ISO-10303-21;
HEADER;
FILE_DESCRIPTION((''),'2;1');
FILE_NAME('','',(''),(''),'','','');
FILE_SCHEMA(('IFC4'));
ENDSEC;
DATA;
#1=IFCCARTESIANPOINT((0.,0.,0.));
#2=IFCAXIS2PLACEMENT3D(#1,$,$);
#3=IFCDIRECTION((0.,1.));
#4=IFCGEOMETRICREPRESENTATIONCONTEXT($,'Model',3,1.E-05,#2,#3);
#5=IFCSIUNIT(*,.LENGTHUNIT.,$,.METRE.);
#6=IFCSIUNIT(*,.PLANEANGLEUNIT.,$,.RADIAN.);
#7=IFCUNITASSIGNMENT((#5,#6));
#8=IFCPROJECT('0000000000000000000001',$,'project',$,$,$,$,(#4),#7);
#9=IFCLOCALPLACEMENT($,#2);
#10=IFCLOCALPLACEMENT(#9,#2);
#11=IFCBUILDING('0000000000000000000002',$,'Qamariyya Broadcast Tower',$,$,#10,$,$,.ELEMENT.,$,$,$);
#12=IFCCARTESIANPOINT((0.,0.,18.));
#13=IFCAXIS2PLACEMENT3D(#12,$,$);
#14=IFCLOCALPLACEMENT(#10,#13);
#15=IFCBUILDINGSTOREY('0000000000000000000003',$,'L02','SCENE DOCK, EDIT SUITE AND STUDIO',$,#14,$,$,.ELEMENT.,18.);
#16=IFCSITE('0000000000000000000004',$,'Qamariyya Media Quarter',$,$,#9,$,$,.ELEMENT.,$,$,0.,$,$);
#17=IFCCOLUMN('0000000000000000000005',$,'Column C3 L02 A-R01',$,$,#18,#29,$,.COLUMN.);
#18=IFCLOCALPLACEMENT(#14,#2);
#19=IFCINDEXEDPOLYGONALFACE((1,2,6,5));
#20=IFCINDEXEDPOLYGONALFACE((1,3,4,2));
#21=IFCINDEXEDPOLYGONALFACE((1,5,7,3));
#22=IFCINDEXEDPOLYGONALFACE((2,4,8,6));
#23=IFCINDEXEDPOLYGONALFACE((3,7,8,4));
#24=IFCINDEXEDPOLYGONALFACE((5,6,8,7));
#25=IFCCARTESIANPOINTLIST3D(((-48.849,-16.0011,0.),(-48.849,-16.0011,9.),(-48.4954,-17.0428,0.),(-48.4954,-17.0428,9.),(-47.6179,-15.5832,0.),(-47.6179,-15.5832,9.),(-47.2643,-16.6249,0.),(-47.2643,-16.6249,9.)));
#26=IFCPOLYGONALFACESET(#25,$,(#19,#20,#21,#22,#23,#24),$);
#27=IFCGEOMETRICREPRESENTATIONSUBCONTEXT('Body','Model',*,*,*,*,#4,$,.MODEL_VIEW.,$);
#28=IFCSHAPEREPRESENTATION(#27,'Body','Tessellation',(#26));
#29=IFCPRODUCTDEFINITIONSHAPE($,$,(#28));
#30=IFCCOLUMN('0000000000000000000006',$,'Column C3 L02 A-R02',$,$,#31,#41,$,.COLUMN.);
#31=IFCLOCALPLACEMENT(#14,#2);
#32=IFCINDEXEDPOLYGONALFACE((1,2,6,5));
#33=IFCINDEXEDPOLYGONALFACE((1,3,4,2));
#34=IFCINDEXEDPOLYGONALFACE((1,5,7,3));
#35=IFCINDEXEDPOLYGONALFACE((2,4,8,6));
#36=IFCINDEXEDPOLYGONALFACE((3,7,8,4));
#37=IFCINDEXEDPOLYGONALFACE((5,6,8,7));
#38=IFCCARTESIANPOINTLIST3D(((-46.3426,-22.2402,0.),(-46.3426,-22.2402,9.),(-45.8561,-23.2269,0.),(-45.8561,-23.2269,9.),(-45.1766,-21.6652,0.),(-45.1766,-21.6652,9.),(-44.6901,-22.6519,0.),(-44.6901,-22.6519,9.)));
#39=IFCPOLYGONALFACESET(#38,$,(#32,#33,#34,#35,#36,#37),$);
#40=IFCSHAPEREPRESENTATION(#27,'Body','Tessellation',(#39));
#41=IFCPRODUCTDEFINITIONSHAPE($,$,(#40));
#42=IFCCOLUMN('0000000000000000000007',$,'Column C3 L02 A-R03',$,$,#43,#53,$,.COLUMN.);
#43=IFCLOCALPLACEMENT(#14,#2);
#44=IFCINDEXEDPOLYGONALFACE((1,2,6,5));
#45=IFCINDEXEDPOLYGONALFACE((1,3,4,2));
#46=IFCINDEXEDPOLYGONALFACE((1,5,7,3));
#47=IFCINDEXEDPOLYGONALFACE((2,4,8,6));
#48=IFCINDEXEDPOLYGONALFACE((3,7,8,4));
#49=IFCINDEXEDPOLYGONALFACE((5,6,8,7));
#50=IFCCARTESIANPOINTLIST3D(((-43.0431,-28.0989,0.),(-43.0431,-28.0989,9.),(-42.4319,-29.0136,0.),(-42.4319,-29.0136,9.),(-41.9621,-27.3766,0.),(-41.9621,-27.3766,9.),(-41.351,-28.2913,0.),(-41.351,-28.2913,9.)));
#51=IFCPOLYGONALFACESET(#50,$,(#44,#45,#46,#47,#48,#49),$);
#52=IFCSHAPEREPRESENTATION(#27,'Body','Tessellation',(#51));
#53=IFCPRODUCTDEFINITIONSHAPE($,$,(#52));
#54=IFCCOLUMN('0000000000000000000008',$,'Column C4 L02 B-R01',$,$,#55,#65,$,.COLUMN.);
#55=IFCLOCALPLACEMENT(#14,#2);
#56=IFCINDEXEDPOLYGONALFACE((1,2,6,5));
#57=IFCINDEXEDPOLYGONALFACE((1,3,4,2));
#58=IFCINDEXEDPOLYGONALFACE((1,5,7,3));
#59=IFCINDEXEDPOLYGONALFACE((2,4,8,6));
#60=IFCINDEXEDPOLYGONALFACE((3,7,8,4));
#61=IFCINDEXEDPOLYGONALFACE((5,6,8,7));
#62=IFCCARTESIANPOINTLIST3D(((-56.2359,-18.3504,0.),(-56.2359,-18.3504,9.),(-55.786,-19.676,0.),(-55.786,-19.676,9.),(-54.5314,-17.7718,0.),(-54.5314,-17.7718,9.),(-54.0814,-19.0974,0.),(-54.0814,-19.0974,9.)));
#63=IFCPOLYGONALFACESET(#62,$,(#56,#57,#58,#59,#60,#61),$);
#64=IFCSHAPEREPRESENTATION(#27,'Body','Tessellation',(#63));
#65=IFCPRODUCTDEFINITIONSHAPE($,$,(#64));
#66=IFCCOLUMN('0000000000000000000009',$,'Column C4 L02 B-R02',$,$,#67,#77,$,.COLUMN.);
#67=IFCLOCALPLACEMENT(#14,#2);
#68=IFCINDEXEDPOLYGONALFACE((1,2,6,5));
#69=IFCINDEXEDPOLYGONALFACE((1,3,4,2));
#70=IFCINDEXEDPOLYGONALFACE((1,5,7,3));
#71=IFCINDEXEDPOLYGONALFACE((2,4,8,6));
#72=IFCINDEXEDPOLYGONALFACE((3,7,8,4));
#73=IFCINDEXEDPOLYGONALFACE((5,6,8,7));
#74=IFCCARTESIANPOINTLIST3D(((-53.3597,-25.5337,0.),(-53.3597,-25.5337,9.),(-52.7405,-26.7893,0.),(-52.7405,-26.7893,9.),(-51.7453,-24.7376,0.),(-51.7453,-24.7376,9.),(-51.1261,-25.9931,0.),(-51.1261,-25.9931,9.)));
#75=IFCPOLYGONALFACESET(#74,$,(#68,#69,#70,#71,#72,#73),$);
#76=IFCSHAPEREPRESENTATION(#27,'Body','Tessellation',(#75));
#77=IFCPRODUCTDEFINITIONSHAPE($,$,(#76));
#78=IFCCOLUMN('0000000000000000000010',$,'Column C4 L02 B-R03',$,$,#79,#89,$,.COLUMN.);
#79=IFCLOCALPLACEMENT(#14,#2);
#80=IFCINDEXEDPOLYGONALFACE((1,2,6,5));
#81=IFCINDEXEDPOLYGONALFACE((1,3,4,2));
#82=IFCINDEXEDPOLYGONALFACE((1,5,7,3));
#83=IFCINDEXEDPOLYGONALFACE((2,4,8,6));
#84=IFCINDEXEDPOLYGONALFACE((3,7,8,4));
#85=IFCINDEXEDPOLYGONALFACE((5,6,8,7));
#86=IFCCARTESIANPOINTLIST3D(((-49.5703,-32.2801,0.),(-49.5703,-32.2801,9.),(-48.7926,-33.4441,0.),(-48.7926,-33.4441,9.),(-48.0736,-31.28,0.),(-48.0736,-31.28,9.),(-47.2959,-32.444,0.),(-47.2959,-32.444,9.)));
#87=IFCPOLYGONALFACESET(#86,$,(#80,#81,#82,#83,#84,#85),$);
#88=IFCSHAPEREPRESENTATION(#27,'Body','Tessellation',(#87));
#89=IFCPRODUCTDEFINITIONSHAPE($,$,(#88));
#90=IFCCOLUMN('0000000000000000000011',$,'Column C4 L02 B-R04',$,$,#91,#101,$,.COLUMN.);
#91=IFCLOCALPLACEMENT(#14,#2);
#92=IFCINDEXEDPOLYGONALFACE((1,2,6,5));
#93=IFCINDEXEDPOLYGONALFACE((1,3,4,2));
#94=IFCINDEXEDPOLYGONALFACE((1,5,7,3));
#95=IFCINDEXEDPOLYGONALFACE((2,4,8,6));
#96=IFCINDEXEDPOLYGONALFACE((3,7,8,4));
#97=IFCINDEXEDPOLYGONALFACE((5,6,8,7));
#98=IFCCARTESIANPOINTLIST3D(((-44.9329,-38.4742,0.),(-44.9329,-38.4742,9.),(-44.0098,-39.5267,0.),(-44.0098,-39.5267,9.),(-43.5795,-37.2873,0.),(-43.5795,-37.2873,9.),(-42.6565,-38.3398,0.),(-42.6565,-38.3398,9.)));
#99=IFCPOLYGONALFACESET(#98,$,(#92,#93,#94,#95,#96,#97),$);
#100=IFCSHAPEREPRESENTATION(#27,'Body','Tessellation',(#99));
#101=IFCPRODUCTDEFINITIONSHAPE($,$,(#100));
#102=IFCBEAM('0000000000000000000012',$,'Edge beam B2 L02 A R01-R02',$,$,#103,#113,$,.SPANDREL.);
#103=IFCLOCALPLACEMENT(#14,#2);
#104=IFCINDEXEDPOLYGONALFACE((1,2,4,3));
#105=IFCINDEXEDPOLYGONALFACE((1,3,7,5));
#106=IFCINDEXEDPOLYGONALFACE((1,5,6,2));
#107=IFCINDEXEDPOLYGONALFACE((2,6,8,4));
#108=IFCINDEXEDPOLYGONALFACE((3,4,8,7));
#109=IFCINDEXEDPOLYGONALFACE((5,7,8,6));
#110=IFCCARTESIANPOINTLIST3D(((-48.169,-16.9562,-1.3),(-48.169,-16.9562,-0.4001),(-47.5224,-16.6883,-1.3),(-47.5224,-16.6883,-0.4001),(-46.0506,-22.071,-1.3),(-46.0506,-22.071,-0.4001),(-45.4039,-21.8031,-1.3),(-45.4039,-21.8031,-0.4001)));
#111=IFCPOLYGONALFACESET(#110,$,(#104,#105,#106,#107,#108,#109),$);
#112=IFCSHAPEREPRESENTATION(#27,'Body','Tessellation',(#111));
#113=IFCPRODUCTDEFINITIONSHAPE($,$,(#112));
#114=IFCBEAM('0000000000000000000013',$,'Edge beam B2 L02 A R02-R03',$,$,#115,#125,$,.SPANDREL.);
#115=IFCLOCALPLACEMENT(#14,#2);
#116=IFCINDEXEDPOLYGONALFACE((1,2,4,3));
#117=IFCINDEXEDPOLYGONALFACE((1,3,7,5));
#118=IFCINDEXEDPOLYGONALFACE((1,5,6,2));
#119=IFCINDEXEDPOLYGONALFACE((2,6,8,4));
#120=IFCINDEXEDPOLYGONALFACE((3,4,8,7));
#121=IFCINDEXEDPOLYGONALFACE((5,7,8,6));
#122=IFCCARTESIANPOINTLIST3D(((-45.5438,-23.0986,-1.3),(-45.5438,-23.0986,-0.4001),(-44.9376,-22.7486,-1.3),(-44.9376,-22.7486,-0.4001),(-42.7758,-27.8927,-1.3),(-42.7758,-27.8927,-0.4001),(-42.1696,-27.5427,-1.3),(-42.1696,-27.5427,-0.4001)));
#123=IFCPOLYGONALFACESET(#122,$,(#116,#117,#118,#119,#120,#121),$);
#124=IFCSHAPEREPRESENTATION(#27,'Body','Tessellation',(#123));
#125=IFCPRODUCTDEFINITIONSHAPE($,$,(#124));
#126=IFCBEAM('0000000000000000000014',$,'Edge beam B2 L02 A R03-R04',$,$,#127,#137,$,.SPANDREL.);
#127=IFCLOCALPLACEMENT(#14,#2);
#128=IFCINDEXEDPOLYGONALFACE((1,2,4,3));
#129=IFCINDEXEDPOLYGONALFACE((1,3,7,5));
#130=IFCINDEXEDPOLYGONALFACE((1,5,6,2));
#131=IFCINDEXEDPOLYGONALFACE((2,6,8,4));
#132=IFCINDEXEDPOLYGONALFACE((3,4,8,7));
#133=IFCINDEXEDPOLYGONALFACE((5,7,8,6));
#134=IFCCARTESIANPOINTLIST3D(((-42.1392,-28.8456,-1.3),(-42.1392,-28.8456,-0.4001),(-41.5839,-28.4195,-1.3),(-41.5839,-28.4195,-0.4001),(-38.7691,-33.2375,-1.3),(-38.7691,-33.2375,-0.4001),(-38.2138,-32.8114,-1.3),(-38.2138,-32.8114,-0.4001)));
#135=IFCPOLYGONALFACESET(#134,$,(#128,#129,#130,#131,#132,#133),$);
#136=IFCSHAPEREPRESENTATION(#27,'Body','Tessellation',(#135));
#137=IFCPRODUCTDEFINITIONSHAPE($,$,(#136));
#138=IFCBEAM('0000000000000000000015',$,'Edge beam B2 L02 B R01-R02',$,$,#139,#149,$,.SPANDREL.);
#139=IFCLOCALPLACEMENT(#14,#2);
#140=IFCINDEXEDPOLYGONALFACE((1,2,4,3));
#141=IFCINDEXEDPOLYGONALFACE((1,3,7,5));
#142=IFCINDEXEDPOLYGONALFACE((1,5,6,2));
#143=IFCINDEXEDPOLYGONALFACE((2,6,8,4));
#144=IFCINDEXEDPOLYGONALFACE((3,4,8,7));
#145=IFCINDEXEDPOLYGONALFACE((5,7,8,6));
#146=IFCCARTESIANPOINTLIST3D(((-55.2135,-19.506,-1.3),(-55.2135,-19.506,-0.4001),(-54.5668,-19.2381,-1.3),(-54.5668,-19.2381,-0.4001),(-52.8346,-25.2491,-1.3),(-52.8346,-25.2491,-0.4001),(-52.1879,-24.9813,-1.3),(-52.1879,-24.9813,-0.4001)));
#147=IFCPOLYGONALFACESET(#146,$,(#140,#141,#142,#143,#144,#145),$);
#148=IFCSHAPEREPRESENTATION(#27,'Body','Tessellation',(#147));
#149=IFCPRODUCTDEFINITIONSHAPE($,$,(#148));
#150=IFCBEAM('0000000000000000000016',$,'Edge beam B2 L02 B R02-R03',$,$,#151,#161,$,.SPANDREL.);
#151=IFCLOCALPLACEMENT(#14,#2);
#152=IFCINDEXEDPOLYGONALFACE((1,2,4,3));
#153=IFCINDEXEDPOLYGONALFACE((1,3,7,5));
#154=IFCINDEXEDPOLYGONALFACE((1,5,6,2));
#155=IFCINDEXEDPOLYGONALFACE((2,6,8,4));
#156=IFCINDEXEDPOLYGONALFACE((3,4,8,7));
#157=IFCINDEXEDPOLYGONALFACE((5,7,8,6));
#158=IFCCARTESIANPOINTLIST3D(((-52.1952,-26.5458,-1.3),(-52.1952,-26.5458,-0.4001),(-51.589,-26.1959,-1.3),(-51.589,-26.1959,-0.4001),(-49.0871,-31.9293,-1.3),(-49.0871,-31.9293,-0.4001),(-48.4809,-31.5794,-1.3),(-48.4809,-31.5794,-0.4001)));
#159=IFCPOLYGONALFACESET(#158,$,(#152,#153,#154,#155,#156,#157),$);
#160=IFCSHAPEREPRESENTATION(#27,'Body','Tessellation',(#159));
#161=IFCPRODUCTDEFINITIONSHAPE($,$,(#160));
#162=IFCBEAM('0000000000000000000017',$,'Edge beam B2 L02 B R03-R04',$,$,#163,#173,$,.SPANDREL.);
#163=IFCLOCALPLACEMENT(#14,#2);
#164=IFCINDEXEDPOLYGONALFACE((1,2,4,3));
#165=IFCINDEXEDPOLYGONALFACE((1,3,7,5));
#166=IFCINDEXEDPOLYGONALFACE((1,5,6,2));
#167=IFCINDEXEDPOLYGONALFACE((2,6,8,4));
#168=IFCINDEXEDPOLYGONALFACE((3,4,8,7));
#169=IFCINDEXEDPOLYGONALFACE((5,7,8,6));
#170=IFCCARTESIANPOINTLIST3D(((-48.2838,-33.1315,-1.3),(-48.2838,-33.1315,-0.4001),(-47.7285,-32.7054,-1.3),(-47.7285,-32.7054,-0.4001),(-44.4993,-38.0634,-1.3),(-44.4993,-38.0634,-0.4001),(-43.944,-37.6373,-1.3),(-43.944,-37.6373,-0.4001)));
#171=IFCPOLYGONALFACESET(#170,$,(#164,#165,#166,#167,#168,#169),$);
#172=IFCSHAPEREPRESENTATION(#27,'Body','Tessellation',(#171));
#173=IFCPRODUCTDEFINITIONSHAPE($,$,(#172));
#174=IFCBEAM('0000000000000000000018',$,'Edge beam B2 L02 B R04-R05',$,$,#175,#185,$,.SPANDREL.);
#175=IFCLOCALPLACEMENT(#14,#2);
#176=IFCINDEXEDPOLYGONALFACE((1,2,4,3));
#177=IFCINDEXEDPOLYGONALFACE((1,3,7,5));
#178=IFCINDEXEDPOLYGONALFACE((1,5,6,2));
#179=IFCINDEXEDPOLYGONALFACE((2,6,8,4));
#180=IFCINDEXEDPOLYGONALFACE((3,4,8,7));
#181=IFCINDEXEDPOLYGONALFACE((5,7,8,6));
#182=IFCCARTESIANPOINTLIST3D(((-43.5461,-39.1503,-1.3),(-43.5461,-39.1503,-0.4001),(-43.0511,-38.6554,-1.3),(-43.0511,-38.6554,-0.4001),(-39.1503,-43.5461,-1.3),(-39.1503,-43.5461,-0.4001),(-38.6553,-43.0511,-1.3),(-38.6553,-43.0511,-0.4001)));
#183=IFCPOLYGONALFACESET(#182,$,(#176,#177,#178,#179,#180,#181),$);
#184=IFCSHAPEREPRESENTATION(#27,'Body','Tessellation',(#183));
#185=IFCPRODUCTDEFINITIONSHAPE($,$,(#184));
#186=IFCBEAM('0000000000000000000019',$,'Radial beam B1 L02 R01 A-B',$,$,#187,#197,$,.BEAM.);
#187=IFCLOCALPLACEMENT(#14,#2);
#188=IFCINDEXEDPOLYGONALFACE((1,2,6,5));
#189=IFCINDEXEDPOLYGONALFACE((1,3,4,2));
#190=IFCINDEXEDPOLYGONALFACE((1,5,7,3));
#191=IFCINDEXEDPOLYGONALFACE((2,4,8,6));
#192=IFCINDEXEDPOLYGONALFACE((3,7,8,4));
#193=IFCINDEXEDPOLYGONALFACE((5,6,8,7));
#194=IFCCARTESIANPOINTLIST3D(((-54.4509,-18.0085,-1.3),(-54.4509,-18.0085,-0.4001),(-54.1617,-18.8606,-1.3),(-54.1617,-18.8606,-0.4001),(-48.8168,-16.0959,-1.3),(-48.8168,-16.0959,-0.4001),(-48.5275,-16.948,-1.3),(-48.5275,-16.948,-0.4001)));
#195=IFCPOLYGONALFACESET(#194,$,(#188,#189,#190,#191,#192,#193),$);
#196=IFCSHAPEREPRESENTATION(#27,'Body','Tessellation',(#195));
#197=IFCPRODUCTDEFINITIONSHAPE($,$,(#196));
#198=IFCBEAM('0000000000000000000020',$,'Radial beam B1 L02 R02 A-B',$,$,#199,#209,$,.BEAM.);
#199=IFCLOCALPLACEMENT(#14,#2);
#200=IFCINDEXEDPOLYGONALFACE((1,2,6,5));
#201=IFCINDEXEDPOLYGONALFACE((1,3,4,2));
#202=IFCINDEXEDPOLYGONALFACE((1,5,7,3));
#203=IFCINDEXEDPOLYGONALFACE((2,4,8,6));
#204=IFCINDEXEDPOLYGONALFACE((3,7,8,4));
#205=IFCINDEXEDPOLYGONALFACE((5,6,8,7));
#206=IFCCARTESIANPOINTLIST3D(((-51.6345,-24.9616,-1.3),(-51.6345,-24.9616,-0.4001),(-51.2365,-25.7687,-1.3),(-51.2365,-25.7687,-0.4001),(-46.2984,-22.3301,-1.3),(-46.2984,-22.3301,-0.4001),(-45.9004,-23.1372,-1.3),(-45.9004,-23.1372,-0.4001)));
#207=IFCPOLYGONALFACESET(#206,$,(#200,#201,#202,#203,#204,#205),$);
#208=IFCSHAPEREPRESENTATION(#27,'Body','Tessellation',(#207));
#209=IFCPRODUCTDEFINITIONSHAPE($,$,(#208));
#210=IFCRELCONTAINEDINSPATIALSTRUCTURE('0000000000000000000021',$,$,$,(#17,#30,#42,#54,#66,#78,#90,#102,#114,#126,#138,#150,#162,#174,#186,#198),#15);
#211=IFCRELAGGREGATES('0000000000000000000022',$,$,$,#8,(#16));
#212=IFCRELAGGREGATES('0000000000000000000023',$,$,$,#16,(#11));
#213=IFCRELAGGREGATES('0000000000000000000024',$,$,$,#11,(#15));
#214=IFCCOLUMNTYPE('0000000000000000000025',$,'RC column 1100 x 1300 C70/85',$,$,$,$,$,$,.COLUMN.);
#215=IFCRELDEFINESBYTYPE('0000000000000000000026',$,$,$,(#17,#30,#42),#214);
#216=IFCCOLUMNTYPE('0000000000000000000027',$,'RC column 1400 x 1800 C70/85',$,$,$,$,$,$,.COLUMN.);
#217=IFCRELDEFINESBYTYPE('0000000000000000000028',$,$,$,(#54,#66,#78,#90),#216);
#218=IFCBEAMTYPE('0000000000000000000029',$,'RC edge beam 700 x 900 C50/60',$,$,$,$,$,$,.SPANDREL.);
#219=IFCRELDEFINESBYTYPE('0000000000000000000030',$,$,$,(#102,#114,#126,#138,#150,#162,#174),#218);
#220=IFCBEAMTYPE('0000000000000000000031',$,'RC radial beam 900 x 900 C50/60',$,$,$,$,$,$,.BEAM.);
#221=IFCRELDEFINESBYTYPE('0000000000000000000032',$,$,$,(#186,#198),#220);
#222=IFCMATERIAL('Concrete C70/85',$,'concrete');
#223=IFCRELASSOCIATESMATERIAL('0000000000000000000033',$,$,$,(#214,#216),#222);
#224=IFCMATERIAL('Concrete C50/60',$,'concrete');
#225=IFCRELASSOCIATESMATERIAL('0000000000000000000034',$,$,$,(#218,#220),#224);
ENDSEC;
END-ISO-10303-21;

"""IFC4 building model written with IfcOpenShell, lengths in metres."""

from ifc_helpers import new_model, si_unit, direction, frame, origin, origin_2d, place, context, subcontext, project, spatial, rectangle, extrude, material, material_profile, profile_set, type_object, element, save


model = new_model("IFC4")

# Units and contexts
model_context = context("Model", 3, precision=1e-05, world=origin(), true_north=direction((0.0, 1.0)))
body_context = subcontext(model_context, "Body", "Model", "MODEL_VIEW")
ifc_project = project(units=[si_unit("LENGTHUNIT", "METRE"), si_unit("PLANEANGLEUNIT", "RADIAN")], contexts=[model_context])

# Site, building, storey
site_placement = place(None, origin())
site = spatial("IfcSite", under=ifc_project, at=site_placement, Name="Qamariyya Media Quarter", CompositionType="ELEMENT", RefElevation=0.0)
building_placement = place(site_placement, origin())
building = spatial("IfcBuilding", under=site, at=building_placement, Name="Qamariyya Broadcast Tower", CompositionType="ELEMENT")
storey_placement = place(building_placement, frame((0.0, 0.0, 18.0)))
storey = spatial("IfcBuildingStorey", under=building, at=storey_placement, Name="L02", Description="SCENE DOCK, EDIT SUITE AND STUDIO", CompositionType="ELEMENT", Elevation=18.0)

# Columns
ifc_material_1 = material(Name="Concrete C70/85", Category="concrete")
ifc_material_profile_1 = material_profile(ifc_material_1, rectangle(XDim=1.1001, YDim=1.3, at=origin_2d()))
ifc_profile_set_1 = profile_set([ifc_material_profile_1], Name="Concrete C70/85")
column_type_1 = type_object("IfcColumnType", Name="RC column 1100 x 1300 C70/85", PredefinedType="COLUMN", material=ifc_profile_set_1)
for number, where, z_axis, x_axis, name in (
    (1, (-48.0566, -16.313, 0.0), (0.0, 0.0, 1.0), (0.321439, -0.94693, 0.0), "Column C3 L02 A-R01"),
    (2, (-45.5164, -22.446, 0.0), (0.0, 0.0, 1.0), (0.442289, -0.896873, 0.0), "Column C3 L02 A-R02"),
    (3, (-42.197, -28.1951, 0.0), (0.0, 0.0, 1.0), (0.55557, -0.83147, 0.0), "Column C3 L02 A-R03"),
):
    element("IfcColumn", number, at=place(storey_placement, frame(where, z_axis=z_axis, x_axis=x_axis)), inside=storey, type_object=column_type_1, Name=name, PredefinedType="COLUMN", context=body_context, shape_type="SweptSolid", body=[
        extrude(rectangle(XDim=1.1001, YDim=1.3, at=origin_2d()), origin(), (0.0, 0.0, 1.0), 9.0),
    ])
ifc_material_profile_2 = material_profile(ifc_material_1, rectangle(XDim=1.3999, YDim=1.8, at=origin_2d()))
ifc_profile_set_2 = profile_set([ifc_material_profile_2], Name="Concrete C70/85")
column_type_2 = type_object("IfcColumnType", Name="RC column 1400 x 1800 C70/85", PredefinedType="COLUMN", material=ifc_profile_set_2)
for number, where, z_axis, x_axis, name in (
    (4, (-55.1587, -18.7239, 0.0), (0.0, 0.0, 1.0), (0.321439, -0.94693, 0.0), "Column C4 L02 B-R01"),
    (5, (-52.2429, -25.7634, 0.0), (0.0, 0.0, 1.0), (0.442289, -0.896873, 0.0), "Column C4 L02 B-R02"),
    (6, (-48.4331, -32.3621, 0.0), (0.0, 0.0, 1.0), (0.55557, -0.83147, 0.0), "Column C4 L02 B-R03"),
    (7, (-43.7947, -38.407, 0.0), (0.0, 0.0, 1.0), (0.659346, -0.75184, 0.0), "Column C4 L02 B-R04"),
):
    element("IfcColumn", number, at=place(storey_placement, frame(where, z_axis=z_axis, x_axis=x_axis)), inside=storey, type_object=column_type_2, Name=name, PredefinedType="COLUMN", context=body_context, shape_type="SweptSolid", body=[
        extrude(rectangle(XDim=1.3999, YDim=1.8, at=origin_2d()), origin(), (0.0, 0.0, 1.0), 9.0),
    ])

# Beams
ifc_material_2 = material(Name="Concrete C50/60", Category="concrete")
ifc_material_profile_3 = material_profile(ifc_material_2, rectangle(XDim=0.7, YDim=0.8999, at=origin_2d()))
ifc_profile_set_3 = profile_set([ifc_material_profile_3], Name="Concrete C50/60")
beam_type_1 = type_object("IfcBeamType", Name="RC edge beam 700 x 900 C50/60", PredefinedType="SPANDREL", material=ifc_profile_set_3)
beam_1_placement = place(storey_placement, frame((-47.8457, -16.8223, -0.8501), z_axis=(0.382654, -0.923892, 0.0), x_axis=(0.923892, 0.382654, 0.0)))
element("IfcBeam", 8, at=beam_1_placement, inside=storey, type_object=beam_type_1, Name="Edge beam B2 L02 A R01-R02", PredefinedType="SPANDREL", context=body_context, shape_type="SweptSolid", body=[
    extrude(rectangle(XDim=0.7, YDim=0.8999, at=origin_2d()), origin(), (0.0, 0.0, 1.0), 5.5361),
])
for number, where, z_axis, x_axis, name in (
    (9, (-45.2407, -22.9236, -0.8501), (0.500019, -0.866014, 0.0), (0.866014, 0.500019, 0.0), "Edge beam B2 L02 A R02-R03"),
    (10, (-41.8616, -28.6326, -0.8501), (0.608777, -0.793342, 0.0), (0.793342, 0.608777, 0.0), "Edge beam B2 L02 A R03-R04"),
):
    element("IfcBeam", number, at=place(storey_placement, frame(where, z_axis=z_axis, x_axis=x_axis)), inside=storey, type_object=beam_type_1, Name=name, PredefinedType="SPANDREL", context=body_context, shape_type="SweptSolid", body=[
        extrude(rectangle(XDim=0.7, YDim=0.8999, at=origin_2d()), origin(), (0.0, 0.0, 1.0), 5.5359),
    ])
for number, where, z_axis, x_axis, name in (
    (11, (-54.8901, -19.3721, -0.8501), (0.382685, -0.923879, 0.0), (0.923879, 0.382685, 0.0), "Edge beam B2 L02 B R01-R02"),
    (12, (-51.8921, -26.3708, -0.8501), (0.499996, -0.866028, 0.0), (0.866028, 0.499996, 0.0), "Edge beam B2 L02 B R02-R03"),
):
    element("IfcBeam", number, at=place(storey_placement, frame(where, z_axis=z_axis, x_axis=x_axis)), inside=storey, type_object=beam_type_1, Name=name, PredefinedType="SPANDREL", context=body_context, shape_type="SweptSolid", body=[
        extrude(rectangle(XDim=0.7, YDim=0.8999, at=origin_2d()), origin(), (0.0, 0.0, 1.0), 6.2163),
    ])
for number, where, z_axis, x_axis, name in (
    (13, (-48.0061, -32.9185, -0.8501), (0.608767, -0.793349, 0.0), (0.793349, 0.608767, 0.0), "Edge beam B2 L02 B R03-R04"),
    (14, (-43.2986, -38.9028, -0.8501), (0.707107, -0.707107, 0.0), (0.707107, 0.707107, 0.0), "Edge beam B2 L02 B R04-R05"),
):
    element("IfcBeam", number, at=place(storey_placement, frame(where, z_axis=z_axis, x_axis=x_axis)), inside=storey, type_object=beam_type_1, Name=name, PredefinedType="SPANDREL", context=body_context, shape_type="SweptSolid", body=[
        extrude(rectangle(XDim=0.7, YDim=0.8999, at=origin_2d()), origin(), (0.0, 0.0, 1.0), 6.2166),
    ])
ifc_material_profile_4 = material_profile(ifc_material_2, rectangle(XDim=0.8999, YDim=0.8999, at=origin_2d()))
ifc_profile_set_4 = profile_set([ifc_material_profile_4], Name="Concrete C50/60")
beam_type_2 = type_object("IfcBeamType", Name="RC radial beam 900 x 900 C50/60", PredefinedType="BEAM", material=ifc_profile_set_4)
beam_2_placement = place(storey_placement, frame((-48.6721, -16.522, -0.8501), z_axis=(-0.946929, -0.321442, 0.0), x_axis=(0.321442, -0.946929, 0.0)))
element("IfcBeam", 15, at=beam_2_placement, inside=storey, type_object=beam_type_2, Name="Radial beam B1 L02 R01 A-B", PredefinedType="BEAM", context=body_context, shape_type="SweptSolid", body=[
    extrude(rectangle(XDim=0.8999, YDim=0.8999, at=origin_2d()), origin(), (0.0, 0.0, 1.0), 5.95),
])
beam_3_placement = place(storey_placement, frame((-46.0994, -22.7336, -0.8501), z_axis=(-0.896868, -0.442299, 0.0), x_axis=(0.442299, -0.896868, 0.0)))
element("IfcBeam", 16, at=beam_3_placement, inside=storey, type_object=beam_type_2, Name="Radial beam B1 L02 R02 A-B", PredefinedType="BEAM", context=body_context, shape_type="SweptSolid", body=[
    extrude(rectangle(XDim=0.8999, YDim=0.8999, at=origin_2d()), origin(), (0.0, 0.0, 1.0), 5.9497),
])

save(model, "model.ifc")
